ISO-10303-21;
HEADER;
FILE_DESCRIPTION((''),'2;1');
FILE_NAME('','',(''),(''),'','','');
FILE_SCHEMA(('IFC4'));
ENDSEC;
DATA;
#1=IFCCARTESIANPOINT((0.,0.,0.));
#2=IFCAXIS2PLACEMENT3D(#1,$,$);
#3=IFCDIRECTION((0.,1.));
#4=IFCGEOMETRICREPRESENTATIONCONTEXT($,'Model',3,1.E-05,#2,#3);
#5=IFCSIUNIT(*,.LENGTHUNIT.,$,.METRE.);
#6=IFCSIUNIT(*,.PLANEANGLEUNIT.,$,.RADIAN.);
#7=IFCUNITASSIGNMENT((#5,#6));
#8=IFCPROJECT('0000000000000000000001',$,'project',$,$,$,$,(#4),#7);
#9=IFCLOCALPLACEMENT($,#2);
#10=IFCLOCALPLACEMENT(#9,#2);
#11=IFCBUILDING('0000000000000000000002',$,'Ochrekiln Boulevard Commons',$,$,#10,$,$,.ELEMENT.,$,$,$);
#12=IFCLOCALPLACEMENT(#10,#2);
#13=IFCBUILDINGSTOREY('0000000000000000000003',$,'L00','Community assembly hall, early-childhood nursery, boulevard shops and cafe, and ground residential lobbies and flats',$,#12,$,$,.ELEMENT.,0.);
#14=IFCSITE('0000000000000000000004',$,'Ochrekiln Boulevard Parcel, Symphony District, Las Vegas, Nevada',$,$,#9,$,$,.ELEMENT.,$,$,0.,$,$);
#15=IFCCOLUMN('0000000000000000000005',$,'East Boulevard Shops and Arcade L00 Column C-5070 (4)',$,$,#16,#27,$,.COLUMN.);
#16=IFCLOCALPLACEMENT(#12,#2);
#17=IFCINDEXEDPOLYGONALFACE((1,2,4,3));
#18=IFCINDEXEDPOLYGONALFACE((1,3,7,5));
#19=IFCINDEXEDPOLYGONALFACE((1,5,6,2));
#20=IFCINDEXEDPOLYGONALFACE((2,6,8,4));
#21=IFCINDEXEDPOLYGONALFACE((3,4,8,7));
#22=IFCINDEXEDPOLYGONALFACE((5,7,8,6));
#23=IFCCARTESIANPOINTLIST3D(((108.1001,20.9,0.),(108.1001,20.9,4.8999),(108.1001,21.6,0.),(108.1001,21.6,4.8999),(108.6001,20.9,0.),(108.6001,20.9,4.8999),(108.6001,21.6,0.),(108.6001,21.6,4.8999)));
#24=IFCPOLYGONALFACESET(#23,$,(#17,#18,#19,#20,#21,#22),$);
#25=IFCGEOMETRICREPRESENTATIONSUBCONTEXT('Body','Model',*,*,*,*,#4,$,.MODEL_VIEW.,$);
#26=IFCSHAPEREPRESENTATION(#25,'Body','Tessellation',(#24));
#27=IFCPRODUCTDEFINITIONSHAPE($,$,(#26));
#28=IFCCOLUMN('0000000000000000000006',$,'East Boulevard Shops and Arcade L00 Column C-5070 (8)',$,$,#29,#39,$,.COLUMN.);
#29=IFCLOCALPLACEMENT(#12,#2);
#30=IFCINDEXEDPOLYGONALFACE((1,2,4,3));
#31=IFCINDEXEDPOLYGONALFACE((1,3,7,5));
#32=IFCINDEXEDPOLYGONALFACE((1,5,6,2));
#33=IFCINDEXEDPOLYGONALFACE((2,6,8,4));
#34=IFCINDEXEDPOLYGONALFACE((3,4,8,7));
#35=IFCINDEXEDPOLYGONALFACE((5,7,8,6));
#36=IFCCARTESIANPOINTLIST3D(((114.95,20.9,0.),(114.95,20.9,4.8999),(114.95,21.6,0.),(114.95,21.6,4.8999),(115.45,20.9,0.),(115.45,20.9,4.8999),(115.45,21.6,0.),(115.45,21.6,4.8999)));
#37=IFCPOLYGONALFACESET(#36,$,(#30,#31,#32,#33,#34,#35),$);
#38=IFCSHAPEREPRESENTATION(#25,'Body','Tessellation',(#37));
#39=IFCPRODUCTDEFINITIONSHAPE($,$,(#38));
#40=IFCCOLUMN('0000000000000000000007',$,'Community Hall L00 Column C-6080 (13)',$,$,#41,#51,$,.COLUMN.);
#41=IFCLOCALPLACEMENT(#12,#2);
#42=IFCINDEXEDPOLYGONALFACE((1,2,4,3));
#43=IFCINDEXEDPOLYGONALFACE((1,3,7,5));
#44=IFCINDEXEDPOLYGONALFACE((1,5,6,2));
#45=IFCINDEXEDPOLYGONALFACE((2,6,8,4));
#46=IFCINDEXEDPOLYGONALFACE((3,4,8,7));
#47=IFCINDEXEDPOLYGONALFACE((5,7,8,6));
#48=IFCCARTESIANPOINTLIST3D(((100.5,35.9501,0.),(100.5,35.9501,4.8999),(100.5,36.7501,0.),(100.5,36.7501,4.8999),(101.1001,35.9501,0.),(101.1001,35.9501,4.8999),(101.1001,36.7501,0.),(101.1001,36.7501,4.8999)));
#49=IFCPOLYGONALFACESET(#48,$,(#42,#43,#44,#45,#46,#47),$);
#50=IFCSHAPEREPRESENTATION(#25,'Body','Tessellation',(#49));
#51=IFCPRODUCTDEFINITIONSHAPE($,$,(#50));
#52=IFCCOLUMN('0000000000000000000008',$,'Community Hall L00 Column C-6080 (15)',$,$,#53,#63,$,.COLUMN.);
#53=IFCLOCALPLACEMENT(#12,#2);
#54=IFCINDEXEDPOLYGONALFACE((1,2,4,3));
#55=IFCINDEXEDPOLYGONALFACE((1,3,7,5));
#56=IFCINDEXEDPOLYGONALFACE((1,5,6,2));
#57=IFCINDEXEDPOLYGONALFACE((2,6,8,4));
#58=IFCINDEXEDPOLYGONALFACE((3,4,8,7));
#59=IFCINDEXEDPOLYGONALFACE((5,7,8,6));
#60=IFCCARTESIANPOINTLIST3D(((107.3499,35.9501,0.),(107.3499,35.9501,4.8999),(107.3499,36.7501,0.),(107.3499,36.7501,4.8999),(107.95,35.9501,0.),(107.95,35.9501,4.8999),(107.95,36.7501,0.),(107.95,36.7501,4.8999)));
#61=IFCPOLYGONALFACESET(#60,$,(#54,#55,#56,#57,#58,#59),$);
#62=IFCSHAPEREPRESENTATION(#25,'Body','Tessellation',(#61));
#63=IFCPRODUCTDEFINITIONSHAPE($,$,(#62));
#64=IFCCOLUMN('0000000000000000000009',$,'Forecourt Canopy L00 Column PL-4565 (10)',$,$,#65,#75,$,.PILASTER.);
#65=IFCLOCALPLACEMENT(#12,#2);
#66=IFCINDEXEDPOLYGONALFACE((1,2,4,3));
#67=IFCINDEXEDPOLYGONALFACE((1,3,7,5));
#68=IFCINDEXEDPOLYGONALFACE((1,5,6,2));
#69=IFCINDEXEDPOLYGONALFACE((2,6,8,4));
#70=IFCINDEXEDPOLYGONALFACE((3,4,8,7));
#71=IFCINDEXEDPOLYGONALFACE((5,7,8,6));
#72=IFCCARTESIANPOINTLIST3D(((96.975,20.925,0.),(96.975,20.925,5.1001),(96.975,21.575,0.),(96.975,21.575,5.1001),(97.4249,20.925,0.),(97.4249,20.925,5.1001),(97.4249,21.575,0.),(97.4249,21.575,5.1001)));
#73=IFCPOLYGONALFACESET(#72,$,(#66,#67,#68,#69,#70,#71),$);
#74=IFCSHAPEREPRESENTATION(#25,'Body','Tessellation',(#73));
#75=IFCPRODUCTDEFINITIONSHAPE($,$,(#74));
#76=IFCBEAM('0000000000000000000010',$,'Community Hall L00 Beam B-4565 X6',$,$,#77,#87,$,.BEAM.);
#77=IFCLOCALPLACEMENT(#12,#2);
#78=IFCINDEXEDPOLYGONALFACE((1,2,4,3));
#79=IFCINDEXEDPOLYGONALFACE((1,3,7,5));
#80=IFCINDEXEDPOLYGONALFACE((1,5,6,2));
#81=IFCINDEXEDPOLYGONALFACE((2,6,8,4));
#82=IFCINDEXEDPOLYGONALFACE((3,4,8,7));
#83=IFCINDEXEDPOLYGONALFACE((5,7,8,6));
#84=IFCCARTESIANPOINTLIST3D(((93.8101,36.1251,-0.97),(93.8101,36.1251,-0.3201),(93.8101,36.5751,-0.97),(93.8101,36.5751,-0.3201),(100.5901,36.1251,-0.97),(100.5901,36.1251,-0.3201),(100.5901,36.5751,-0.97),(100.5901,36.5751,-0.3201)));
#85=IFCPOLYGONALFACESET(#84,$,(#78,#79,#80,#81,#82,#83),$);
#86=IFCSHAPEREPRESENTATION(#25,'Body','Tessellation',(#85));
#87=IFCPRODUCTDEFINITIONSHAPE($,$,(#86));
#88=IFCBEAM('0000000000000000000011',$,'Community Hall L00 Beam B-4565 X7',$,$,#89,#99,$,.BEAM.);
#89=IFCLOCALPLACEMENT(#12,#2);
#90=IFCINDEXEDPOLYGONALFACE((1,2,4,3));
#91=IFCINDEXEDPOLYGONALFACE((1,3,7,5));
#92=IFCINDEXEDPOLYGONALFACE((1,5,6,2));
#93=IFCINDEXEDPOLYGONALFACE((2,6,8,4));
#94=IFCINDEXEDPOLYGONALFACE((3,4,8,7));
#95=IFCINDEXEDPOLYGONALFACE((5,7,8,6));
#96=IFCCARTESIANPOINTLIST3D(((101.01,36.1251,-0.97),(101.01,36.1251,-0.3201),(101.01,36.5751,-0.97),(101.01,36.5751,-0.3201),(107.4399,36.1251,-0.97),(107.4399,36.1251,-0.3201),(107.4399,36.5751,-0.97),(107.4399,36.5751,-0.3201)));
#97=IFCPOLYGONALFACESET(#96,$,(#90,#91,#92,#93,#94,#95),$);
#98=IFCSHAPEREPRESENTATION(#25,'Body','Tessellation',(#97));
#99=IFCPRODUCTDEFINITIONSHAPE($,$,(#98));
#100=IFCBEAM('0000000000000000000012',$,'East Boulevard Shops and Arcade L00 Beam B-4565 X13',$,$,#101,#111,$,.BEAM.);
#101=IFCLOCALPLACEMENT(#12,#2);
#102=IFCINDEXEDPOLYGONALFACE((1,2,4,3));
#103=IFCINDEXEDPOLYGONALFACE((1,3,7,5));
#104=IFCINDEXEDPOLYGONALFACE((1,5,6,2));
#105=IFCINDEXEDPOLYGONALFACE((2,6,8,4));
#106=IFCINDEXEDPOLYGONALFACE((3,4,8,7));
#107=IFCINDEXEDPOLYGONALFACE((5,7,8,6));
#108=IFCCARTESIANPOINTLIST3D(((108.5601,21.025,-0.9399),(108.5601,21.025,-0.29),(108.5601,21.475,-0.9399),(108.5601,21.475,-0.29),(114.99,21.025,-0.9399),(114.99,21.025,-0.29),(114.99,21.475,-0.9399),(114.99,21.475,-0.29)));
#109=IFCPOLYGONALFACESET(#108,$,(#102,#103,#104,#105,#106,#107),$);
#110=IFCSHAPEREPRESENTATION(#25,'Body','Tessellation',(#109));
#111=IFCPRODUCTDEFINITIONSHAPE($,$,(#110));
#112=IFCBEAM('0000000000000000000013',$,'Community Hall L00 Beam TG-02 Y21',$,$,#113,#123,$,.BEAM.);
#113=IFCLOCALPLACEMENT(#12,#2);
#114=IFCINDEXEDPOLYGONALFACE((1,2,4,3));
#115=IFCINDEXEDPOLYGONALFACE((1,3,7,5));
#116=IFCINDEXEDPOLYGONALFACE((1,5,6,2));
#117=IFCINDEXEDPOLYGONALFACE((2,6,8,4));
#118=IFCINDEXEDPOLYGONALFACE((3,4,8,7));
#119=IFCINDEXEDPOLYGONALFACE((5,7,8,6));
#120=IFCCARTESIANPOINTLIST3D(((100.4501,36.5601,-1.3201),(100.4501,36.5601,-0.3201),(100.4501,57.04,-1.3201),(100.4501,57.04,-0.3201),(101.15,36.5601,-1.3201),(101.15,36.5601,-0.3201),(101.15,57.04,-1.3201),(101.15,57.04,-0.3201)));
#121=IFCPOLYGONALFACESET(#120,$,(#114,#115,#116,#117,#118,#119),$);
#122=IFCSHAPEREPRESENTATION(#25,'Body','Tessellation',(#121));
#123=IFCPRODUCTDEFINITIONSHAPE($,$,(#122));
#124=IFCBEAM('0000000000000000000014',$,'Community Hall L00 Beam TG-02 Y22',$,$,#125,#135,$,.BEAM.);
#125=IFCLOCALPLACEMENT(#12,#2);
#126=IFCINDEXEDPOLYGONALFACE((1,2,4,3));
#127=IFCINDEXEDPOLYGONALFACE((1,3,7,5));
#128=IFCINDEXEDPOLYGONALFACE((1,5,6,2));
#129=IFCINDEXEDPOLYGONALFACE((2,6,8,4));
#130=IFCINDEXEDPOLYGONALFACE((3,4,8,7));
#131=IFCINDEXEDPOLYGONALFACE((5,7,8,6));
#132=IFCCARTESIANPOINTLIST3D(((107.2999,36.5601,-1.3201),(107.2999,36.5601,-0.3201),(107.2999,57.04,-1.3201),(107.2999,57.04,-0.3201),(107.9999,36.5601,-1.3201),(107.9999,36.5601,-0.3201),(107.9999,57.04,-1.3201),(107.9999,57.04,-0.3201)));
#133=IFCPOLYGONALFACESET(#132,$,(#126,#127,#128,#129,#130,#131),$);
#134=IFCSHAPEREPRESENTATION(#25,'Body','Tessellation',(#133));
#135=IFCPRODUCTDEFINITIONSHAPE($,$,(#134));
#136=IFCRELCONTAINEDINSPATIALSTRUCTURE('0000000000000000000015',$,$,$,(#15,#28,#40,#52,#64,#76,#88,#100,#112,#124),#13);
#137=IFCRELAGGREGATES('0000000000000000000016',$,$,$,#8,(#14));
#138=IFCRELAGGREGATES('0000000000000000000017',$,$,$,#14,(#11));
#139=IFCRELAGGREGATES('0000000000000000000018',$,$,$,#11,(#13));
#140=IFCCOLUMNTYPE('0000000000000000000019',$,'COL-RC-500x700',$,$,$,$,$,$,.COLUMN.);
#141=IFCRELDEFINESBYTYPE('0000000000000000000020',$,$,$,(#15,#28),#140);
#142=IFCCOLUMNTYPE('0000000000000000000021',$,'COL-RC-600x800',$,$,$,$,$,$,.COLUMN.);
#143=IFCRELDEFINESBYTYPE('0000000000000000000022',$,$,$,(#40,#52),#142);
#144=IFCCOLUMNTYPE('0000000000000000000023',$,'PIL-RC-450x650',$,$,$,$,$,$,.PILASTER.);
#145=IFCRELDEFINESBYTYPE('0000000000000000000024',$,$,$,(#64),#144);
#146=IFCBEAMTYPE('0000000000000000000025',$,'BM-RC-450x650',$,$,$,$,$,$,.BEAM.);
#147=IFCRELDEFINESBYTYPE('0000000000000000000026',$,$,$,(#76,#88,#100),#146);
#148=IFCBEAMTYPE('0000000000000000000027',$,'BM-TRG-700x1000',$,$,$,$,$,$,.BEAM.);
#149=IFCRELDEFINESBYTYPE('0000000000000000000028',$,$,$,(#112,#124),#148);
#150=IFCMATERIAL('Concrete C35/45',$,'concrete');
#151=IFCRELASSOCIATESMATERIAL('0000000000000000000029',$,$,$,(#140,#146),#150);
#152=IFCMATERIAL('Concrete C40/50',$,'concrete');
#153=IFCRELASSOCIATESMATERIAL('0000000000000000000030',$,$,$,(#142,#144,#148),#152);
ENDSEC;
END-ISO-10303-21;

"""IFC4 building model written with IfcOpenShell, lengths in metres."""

from ifc_helpers import new_model, si_unit, direction, frame, origin, origin_2d, place, context, subcontext, project, spatial, rectangle, extrude, material, material_profile, profile_set, type_object, element, save


model = new_model("IFC4")

# Units and contexts
model_context = context("Model", 3, precision=1e-05, world=origin(), true_north=direction((0.0, 1.0)))
body_context = subcontext(model_context, "Body", "Model", "MODEL_VIEW")
ifc_project = project(units=[si_unit("LENGTHUNIT", "METRE"), si_unit("PLANEANGLEUNIT", "RADIAN")], contexts=[model_context])

# Site, building, storey
site_placement = place(None, origin())
site = spatial("IfcSite", under=ifc_project, at=site_placement, Name="Ochrekiln Boulevard Parcel, Symphony District, Las Vegas, Nevada", CompositionType="ELEMENT", RefElevation=0.0)
building_placement = place(site_placement, origin())
building = spatial("IfcBuilding", under=site, at=building_placement, Name="Ochrekiln Boulevard Commons", CompositionType="ELEMENT")
storey_placement = place(building_placement, origin())
storey = spatial("IfcBuildingStorey", under=building, at=storey_placement, Name="L00", Description="Community assembly hall, early-childhood nursery, boulevard shops and cafe, and ground residential lobbies and flats", CompositionType="ELEMENT", Elevation=0.0)

# Columns
ifc_material_1 = material(Name="Concrete C35/45", Category="concrete")
ifc_material_profile_1 = material_profile(ifc_material_1, rectangle(XDim=0.5, YDim=0.7, at=origin_2d()), Name="RC-COL-500x700")
ifc_profile_set_1 = profile_set([ifc_material_profile_1], Name="Concrete C35/45")
column_type_1 = type_object("IfcColumnType", Name="COL-RC-500x700", PredefinedType="COLUMN", material=ifc_profile_set_1)
for number, where, z_axis, x_axis, name in (
    (1, (108.3501, 21.25, 0.0), (0.0, 0.0, 1.0), (1.0, 0.0, 0.0), "East Boulevard Shops and Arcade L00 Column C-5070 (4)"),
    (2, (115.2, 21.25, 0.0), (0.0, 0.0, 1.0), (1.0, 0.0, 0.0), "East Boulevard Shops and Arcade L00 Column C-5070 (8)"),
):
    element("IfcColumn", number, at=place(storey_placement, frame(where, z_axis=z_axis, x_axis=x_axis)), inside=storey, type_object=column_type_1, Name=name, PredefinedType="COLUMN", context=body_context, shape_type="SweptSolid", body=[
        extrude(rectangle(XDim=0.5, YDim=0.7, at=origin_2d()), origin(), (0.0, 0.0, 1.0), 4.8999),
    ])
ifc_material_2 = material(Name="Concrete C40/50", Category="concrete")
ifc_material_profile_2 = material_profile(ifc_material_2, rectangle(XDim=0.6001, YDim=0.8, at=origin_2d()), Name="RC-COL-600x800")
ifc_profile_set_2 = profile_set([ifc_material_profile_2], Name="Concrete C40/50")
column_type_2 = type_object("IfcColumnType", Name="COL-RC-600x800", PredefinedType="COLUMN", material=ifc_profile_set_2)
for number, where, z_axis, x_axis, name in (
    (3, (100.8, 36.3501, 0.0), (0.0, 0.0, 1.0), (1.0, 0.0, 0.0), "Community Hall L00 Column C-6080 (13)"),
    (4, (107.6499, 36.3501, 0.0), (0.0, 0.0, 1.0), (1.0, 0.0, 0.0), "Community Hall L00 Column C-6080 (15)"),
):
    element("IfcColumn", number, at=place(storey_placement, frame(where, z_axis=z_axis, x_axis=x_axis)), inside=storey, type_object=column_type_2, Name=name, PredefinedType="COLUMN", context=body_context, shape_type="SweptSolid", body=[
        extrude(rectangle(XDim=0.6001, YDim=0.8, at=origin_2d()), origin(), (0.0, 0.0, 1.0), 4.8999),
    ])
ifc_material_profile_3 = material_profile(ifc_material_2, rectangle(XDim=0.45, YDim=0.6499, at=origin_2d()), Name="RC-PIL-450x650")
ifc_profile_set_3 = profile_set([ifc_material_profile_3], Name="Concrete C40/50")
column_type_3 = type_object("IfcColumnType", Name="PIL-RC-450x650", PredefinedType="PILASTER", material=ifc_profile_set_3)
column_placement = place(storey_placement, frame((97.2, 21.25, 0.0), z_axis=(0.0, 0.0, 1.0), x_axis=(1.0, 0.0, 0.0)))
element("IfcColumn", 5, at=column_placement, inside=storey, type_object=column_type_3, Name="Forecourt Canopy L00 Column PL-4565 (10)", PredefinedType="PILASTER", context=body_context, shape_type="SweptSolid", body=[
    extrude(rectangle(XDim=0.45, YDim=0.6499, at=origin_2d()), origin(), (0.0, 0.0, 1.0), 5.1001),
])

# Beams
ifc_material_profile_4 = material_profile(ifc_material_1, rectangle(XDim=0.45, YDim=0.6499, at=origin_2d()), Name="RC-BM-450x650")
ifc_profile_set_4 = profile_set([ifc_material_profile_4], Name="Concrete C35/45")
beam_type_1 = type_object("IfcBeamType", Name="BM-RC-450x650", PredefinedType="BEAM", material=ifc_profile_set_4)
beam_placement = place(storey_placement, frame((93.8101, 36.3501, -0.645), z_axis=(1.0, 0.0, 0.0), x_axis=(0.0, 1.0, 0.0)))
element("IfcBeam", 6, at=beam_placement, inside=storey, type_object=beam_type_1, Name="Community Hall L00 Beam B-4565 X6", PredefinedType="BEAM", context=body_context, shape_type="SweptSolid", body=[
    extrude(rectangle(XDim=0.45, YDim=0.6499, at=origin_2d()), origin(), (0.0, 0.0, 1.0), 6.78),
])
for number, where, z_axis, x_axis, name in (
    (7, (101.01, 36.3501, -0.645), (1.0, 0.0, 0.0), (0.0, 1.0, 0.0), "Community Hall L00 Beam B-4565 X7"),
    (8, (108.5601, 21.25, -0.615), (1.0, 0.0, 0.0), (0.0, 1.0, 0.0), "East Boulevard Shops and Arcade L00 Beam B-4565 X13"),
):
    element("IfcBeam", number, at=place(storey_placement, frame(where, z_axis=z_axis, x_axis=x_axis)), inside=storey, type_object=beam_type_1, Name=name, PredefinedType="BEAM", context=body_context, shape_type="SweptSolid", body=[
        extrude(rectangle(XDim=0.45, YDim=0.6499, at=origin_2d()), origin(), (0.0, 0.0, 1.0), 6.4299),
    ])
ifc_material_profile_5 = material_profile(ifc_material_2, rectangle(XDim=0.7, YDim=1.0, at=origin_2d()), Name="RC-TRG-700x1000")
ifc_profile_set_5 = profile_set([ifc_material_profile_5], Name="Concrete C40/50")
beam_type_2 = type_object("IfcBeamType", Name="BM-TRG-700x1000", PredefinedType="BEAM", material=ifc_profile_set_5)
for number, where, z_axis, x_axis, name in (
    (9, (100.8, 36.5601, -0.8201), (0.0, 1.0, 0.0), (-1.0, 0.0, 0.0), "Community Hall L00 Beam TG-02 Y21"),
    (10, (107.6499, 36.5601, -0.8201), (0.0, 1.0, 0.0), (-1.0, 0.0, 0.0), "Community Hall L00 Beam TG-02 Y22"),
):
    element("IfcBeam", number, at=place(storey_placement, frame(where, z_axis=z_axis, x_axis=x_axis)), inside=storey, type_object=beam_type_2, Name=name, PredefinedType="BEAM", context=body_context, shape_type="SweptSolid", body=[
        extrude(rectangle(XDim=0.7, YDim=1.0, at=origin_2d()), origin(), (0.0, 0.0, 1.0), 20.48),
    ])

save(model, "model.ifc")
